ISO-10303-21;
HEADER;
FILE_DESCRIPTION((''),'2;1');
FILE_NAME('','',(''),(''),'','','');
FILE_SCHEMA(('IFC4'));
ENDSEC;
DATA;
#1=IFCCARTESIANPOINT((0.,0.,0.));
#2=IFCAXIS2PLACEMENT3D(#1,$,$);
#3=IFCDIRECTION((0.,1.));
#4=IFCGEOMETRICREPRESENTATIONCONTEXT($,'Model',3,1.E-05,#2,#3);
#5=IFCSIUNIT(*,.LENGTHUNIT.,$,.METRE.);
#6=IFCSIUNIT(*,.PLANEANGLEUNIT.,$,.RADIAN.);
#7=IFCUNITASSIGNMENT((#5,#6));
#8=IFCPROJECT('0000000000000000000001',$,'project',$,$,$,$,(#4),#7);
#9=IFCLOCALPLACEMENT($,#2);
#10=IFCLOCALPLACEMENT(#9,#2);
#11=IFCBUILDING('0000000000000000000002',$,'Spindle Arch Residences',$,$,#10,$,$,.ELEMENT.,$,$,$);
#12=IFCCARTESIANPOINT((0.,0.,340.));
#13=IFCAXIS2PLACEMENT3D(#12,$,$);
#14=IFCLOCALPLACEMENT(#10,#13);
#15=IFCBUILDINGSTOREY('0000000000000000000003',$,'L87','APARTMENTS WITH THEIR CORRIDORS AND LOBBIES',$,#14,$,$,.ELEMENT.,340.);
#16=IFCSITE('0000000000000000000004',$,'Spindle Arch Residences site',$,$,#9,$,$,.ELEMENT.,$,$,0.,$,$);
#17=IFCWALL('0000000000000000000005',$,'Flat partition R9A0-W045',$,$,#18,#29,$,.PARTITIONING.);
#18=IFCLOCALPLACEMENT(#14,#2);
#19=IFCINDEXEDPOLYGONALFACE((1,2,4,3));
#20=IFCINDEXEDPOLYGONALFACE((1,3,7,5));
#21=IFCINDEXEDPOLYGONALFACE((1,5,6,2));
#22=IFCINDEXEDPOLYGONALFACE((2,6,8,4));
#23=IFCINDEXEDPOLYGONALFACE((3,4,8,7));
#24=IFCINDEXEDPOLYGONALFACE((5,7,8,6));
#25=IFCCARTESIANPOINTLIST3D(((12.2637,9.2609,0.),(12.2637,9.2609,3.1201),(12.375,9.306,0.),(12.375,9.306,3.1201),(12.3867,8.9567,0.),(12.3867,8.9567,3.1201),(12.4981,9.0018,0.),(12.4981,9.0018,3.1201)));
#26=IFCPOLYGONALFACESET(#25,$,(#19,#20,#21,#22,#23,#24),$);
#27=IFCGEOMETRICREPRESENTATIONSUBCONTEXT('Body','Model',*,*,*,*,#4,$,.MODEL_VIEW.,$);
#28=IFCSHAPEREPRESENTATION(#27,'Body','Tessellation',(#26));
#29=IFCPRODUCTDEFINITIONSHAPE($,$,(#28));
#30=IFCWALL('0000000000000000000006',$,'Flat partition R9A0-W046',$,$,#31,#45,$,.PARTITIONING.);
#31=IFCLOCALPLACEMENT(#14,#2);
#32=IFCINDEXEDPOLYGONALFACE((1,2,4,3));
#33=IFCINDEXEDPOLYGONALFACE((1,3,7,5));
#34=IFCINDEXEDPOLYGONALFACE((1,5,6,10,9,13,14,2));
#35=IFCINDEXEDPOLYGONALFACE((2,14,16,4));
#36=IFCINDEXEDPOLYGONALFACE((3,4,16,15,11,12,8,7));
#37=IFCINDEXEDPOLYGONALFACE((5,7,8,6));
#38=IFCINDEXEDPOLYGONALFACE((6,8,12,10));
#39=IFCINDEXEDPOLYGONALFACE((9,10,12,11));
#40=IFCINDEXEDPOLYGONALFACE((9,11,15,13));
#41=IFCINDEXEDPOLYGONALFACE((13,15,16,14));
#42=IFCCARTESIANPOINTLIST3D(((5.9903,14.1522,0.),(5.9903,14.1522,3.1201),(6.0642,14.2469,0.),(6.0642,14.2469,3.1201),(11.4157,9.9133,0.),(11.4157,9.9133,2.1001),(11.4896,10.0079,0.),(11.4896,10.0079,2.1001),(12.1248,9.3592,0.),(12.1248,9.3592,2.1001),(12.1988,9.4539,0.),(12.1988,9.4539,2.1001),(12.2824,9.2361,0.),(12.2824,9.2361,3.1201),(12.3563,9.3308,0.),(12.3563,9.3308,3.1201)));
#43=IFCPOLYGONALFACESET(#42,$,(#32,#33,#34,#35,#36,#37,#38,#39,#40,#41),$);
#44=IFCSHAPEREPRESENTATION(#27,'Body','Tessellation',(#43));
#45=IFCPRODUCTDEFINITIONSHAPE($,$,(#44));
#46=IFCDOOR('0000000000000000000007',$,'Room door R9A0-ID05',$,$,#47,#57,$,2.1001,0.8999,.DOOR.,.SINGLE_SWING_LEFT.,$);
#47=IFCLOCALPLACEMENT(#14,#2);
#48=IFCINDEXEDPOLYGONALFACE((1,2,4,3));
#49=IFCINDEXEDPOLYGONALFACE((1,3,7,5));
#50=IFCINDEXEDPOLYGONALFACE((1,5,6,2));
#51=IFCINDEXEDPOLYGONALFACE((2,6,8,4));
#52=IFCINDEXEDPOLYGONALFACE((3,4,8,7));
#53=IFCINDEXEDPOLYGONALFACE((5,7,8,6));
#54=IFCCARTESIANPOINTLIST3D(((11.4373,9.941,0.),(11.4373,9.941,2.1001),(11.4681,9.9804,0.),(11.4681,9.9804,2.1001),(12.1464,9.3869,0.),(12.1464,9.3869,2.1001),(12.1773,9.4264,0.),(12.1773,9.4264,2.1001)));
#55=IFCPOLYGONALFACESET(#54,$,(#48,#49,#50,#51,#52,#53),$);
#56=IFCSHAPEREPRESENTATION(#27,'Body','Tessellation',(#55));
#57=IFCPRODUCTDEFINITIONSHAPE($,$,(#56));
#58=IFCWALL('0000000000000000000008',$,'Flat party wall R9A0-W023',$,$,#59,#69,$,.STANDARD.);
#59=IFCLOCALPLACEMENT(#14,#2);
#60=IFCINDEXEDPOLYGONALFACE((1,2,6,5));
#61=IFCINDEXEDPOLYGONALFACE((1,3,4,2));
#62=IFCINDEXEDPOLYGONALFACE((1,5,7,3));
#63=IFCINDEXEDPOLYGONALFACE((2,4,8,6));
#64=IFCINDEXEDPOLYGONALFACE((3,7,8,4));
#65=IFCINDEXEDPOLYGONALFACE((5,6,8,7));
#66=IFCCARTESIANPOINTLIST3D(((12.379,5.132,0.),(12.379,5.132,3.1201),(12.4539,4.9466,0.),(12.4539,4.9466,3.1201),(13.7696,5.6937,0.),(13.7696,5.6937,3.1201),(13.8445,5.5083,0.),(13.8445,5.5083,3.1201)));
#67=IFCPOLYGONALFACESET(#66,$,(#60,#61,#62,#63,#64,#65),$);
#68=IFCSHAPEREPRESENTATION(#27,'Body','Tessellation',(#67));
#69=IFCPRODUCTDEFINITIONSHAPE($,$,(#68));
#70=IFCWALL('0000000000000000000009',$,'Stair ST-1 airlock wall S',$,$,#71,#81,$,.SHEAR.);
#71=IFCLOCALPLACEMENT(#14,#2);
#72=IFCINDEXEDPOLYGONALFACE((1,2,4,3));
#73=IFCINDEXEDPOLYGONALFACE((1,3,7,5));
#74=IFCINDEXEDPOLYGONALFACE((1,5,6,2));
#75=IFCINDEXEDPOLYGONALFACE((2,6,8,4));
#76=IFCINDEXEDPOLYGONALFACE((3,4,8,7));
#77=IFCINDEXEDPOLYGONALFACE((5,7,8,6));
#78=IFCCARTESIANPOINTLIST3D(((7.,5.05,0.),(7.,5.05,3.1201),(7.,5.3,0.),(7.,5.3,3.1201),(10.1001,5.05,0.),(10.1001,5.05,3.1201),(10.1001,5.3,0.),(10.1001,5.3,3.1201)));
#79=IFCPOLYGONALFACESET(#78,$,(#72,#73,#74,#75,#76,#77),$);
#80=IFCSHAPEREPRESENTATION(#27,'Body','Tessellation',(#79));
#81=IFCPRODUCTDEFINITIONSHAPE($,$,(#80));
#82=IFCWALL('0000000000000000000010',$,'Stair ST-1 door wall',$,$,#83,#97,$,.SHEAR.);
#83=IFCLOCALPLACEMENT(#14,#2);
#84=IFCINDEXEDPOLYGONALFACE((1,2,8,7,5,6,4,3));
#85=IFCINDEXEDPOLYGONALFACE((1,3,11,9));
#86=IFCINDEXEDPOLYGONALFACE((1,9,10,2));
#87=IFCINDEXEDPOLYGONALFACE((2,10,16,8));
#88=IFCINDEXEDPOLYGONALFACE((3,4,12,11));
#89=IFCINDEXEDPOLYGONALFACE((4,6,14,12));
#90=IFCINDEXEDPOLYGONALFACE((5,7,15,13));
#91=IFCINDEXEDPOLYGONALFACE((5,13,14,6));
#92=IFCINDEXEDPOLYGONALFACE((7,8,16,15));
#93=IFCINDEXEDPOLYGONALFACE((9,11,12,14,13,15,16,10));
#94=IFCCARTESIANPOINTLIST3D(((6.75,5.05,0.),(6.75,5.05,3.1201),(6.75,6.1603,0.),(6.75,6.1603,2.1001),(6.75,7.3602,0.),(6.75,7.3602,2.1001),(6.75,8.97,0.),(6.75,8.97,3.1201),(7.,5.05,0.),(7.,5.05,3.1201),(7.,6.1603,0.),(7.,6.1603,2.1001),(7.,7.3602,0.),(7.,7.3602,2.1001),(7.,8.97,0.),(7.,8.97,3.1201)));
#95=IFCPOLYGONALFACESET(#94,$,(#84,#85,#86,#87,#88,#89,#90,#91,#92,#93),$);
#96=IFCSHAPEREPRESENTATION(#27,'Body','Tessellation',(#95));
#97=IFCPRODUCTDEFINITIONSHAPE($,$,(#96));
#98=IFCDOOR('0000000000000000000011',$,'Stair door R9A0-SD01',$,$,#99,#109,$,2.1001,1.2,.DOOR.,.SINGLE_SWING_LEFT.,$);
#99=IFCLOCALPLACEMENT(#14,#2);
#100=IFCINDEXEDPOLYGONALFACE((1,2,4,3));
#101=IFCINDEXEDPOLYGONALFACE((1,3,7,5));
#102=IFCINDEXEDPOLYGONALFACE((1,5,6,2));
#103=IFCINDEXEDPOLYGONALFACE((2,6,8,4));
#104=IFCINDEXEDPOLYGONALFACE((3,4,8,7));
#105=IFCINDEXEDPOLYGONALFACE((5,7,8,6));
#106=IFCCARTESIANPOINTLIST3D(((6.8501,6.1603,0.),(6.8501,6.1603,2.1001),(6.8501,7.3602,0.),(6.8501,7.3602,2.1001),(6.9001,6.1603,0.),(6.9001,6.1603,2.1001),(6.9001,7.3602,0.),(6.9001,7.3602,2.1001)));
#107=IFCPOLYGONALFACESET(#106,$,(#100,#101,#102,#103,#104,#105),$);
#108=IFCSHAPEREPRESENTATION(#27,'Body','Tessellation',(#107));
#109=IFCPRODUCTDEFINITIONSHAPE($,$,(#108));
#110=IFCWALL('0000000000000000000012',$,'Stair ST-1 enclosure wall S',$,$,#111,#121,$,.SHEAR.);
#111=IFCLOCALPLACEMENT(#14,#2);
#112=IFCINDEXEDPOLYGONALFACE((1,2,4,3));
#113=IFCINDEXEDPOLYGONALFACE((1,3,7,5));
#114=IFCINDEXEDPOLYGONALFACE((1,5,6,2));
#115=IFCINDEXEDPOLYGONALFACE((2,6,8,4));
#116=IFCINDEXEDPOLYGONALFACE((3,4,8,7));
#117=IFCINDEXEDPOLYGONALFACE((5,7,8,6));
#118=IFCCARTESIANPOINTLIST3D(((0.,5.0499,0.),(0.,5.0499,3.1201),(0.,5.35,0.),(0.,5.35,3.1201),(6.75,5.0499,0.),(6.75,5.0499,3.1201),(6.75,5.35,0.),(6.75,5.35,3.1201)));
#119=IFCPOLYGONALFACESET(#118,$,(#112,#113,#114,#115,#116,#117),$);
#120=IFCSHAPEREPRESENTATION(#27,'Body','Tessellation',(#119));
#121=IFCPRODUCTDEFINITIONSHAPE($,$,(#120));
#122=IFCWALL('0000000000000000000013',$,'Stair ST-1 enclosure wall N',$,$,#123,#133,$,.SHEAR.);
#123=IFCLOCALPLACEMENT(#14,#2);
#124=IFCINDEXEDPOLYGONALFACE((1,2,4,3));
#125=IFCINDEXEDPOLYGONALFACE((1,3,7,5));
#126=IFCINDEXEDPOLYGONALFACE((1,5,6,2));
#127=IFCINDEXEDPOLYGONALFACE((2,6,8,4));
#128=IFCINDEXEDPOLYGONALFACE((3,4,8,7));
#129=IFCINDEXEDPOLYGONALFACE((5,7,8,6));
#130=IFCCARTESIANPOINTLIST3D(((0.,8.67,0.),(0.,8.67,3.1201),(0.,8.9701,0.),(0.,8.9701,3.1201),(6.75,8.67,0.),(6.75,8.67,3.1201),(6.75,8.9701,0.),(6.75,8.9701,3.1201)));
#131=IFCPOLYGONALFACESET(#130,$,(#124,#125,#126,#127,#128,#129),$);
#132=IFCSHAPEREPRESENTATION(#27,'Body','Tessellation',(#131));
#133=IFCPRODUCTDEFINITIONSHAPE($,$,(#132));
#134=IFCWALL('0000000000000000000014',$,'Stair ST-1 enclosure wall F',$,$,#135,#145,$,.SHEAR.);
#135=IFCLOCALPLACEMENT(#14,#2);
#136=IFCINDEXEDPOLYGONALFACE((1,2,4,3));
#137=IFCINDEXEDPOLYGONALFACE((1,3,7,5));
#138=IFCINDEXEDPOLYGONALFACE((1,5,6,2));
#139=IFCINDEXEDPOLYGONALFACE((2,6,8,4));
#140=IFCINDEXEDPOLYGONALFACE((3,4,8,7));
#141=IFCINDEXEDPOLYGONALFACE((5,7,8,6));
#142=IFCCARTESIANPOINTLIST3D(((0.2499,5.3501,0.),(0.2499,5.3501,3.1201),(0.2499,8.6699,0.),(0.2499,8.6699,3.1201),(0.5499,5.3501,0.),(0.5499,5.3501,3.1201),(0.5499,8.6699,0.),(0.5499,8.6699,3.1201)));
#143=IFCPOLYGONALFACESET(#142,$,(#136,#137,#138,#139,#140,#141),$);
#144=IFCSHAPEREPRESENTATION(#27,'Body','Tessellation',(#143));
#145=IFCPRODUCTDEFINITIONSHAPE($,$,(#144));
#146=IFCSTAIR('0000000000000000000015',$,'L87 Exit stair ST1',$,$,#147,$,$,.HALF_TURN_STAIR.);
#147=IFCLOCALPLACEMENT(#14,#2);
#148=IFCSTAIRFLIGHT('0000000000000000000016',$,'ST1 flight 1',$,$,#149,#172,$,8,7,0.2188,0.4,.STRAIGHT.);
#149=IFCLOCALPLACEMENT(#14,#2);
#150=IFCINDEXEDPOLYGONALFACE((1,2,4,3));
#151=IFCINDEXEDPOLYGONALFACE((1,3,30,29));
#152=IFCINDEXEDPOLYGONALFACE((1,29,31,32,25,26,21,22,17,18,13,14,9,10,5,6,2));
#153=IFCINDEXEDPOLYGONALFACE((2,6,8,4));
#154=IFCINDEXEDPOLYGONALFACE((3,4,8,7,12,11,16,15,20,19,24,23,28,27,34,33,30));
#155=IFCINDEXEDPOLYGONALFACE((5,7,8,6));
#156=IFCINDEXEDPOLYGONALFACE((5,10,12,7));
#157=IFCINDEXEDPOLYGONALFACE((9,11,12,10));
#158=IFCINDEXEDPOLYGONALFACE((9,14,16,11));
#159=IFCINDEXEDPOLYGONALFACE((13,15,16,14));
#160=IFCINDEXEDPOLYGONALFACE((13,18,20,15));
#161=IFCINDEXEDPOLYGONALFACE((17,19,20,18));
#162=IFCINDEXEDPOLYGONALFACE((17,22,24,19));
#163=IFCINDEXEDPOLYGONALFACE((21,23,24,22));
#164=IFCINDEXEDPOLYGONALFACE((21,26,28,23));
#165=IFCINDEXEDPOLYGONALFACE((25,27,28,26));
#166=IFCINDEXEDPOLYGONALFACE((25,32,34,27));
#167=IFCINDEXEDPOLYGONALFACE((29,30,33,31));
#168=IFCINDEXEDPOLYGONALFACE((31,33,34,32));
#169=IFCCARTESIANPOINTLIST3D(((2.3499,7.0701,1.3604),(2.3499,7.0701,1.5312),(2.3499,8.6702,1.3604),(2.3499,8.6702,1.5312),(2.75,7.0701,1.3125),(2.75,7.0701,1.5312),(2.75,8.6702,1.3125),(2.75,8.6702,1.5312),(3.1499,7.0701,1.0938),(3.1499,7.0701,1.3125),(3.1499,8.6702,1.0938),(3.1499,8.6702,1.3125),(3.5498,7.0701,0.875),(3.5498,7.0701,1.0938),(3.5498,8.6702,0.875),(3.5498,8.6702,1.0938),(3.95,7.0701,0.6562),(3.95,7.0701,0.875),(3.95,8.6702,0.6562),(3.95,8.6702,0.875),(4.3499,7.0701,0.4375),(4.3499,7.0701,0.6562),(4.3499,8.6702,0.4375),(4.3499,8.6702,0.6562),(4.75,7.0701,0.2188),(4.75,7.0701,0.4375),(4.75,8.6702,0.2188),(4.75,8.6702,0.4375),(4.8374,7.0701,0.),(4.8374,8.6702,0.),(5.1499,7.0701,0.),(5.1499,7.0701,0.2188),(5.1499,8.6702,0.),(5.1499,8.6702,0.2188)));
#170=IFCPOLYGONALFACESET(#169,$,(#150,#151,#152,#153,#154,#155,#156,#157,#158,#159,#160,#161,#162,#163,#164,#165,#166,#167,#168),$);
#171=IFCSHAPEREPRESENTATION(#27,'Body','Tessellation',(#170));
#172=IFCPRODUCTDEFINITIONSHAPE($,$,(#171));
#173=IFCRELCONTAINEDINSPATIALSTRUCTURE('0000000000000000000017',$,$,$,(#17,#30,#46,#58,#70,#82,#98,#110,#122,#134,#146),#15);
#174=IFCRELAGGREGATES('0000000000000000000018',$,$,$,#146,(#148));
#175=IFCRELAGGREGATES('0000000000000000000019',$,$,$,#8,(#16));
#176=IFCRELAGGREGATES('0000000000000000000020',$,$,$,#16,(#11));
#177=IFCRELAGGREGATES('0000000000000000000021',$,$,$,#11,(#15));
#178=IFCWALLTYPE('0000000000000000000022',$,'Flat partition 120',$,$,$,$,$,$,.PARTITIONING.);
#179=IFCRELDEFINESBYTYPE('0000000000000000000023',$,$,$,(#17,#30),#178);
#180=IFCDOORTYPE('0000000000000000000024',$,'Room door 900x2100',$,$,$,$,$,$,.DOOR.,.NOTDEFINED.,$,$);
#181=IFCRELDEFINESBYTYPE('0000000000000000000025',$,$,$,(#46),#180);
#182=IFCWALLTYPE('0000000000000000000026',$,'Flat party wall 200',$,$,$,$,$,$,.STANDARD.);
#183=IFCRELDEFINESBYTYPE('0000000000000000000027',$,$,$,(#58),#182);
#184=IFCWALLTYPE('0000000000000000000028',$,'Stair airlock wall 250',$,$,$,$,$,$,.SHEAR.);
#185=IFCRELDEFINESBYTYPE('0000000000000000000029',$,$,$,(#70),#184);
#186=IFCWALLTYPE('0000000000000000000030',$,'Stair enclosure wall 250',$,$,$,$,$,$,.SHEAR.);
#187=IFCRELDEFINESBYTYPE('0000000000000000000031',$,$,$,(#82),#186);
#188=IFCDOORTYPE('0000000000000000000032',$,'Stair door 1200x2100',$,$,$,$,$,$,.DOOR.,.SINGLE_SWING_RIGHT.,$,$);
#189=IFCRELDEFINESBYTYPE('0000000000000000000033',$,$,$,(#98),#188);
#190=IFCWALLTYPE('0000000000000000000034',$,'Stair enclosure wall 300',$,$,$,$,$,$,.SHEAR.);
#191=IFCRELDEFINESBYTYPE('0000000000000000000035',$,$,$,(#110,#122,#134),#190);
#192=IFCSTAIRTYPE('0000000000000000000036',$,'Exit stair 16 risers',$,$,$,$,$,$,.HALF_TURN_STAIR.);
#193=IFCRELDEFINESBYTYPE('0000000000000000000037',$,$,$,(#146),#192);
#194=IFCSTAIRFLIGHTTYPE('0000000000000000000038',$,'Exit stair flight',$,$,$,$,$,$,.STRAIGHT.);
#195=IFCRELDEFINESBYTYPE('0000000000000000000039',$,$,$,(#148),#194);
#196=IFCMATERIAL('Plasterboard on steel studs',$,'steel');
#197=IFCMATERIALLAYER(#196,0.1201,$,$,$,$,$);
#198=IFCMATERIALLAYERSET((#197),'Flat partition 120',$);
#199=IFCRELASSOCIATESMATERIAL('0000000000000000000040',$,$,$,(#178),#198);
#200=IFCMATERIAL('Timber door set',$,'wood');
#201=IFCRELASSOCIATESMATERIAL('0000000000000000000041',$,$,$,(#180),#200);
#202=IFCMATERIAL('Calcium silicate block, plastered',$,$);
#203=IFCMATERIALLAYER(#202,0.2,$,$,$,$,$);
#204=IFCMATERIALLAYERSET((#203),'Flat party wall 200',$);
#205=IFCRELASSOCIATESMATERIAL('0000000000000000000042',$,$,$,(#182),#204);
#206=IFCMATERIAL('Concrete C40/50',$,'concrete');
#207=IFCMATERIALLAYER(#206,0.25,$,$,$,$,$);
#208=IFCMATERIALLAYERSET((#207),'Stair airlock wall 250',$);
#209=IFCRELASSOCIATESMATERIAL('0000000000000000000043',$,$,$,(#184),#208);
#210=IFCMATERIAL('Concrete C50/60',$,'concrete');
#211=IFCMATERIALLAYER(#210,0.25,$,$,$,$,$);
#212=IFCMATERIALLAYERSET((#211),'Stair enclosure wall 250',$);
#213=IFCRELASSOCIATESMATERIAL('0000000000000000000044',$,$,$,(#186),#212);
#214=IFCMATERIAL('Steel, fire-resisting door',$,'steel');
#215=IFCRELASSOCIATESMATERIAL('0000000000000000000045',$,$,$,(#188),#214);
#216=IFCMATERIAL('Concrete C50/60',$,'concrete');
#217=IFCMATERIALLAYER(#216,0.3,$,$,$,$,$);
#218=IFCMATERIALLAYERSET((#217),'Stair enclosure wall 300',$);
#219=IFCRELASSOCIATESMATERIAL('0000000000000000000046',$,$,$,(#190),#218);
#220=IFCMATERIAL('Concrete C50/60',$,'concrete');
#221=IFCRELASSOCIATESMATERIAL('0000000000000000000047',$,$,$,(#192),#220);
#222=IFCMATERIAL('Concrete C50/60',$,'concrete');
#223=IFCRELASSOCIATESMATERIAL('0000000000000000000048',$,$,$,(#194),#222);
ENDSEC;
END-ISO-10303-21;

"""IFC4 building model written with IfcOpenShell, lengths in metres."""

from ifc_helpers import new_model, si_unit, direction, frame, frame_2d, origin, place, context, subcontext, project, spatial, polyline, rectangle, outline, extrude, material, layer, layer_set, type_object, element, fill, aggregate, save


model = new_model("IFC4")

# Units and contexts
model_context = context("Model", 3, precision=1e-05, world=origin(), true_north=direction((0.0, 1.0)))
body_context = subcontext(model_context, "Body", "Model", "MODEL_VIEW")
ifc_project = project(units=[si_unit("LENGTHUNIT", "METRE"), si_unit("PLANEANGLEUNIT", "RADIAN")], contexts=[model_context])

# Site, building, storey
site_placement = place(None, origin())
site = spatial("IfcSite", under=ifc_project, at=site_placement, Name="Spindle Arch Residences site", CompositionType="ELEMENT", RefElevation=0.0)
building_placement = place(site_placement, origin())
building = spatial("IfcBuilding", under=site, at=building_placement, Name="Spindle Arch Residences", CompositionType="ELEMENT")
storey_placement = place(building_placement, frame((0.0, 0.0, 340.0)))
storey = spatial("IfcBuildingStorey", under=building, at=storey_placement, Name="L87", Description="APARTMENTS WITH THEIR CORRIDORS AND LOBBIES", CompositionType="ELEMENT", Elevation=340.0)

# Shared definitions
ifc_material_1 = material(Name="Plasterboard on steel studs", Category="steel")
ifc_layer_1 = layer(ifc_material_1, 0.1201)
ifc_layer_set_1 = layer_set([ifc_layer_1], Name="Flat partition 120")
wall_type_1 = type_object("IfcWallType", Name="Flat partition 120", PredefinedType="PARTITIONING", material=ifc_layer_set_1)

# Shared definitions
ifc_material_2 = material(Name="Timber door set", Category="wood")
door_type_1 = type_object("IfcDoorType", Name="Room door 900x2100", OperationType="NOTDEFINED", PredefinedType="DOOR", material=ifc_material_2)

# Wall
wall_1_placement = place(storey_placement, frame((12.4424, 8.9792, 0.0), z_axis=(0.0, 0.0, 1.0), x_axis=(-0.37498, 0.927033, 0.0)))
element("IfcWall", 1, at=wall_1_placement, inside=storey, type_object=wall_type_1, Name="Flat partition R9A0-W045", PredefinedType="PARTITIONING", context=body_context, shape_type="SweptSolid", body=[
    extrude(rectangle(XDim=0.3281, YDim=0.1201, at=frame_2d((0.1641, 0.0))), origin(), (0.0, 0.0, 1.0), 3.1201),
])

# Wall, opening, door
wall_2_placement = place(storey_placement, frame((12.3193, 9.2834, 0.0), z_axis=(0.0, 0.0, 1.0), x_axis=(-0.788, 0.615675, 0.0)))
wall_2 = element("IfcWall", 2, at=wall_2_placement, inside=storey, type_object=wall_type_1, Name="Flat partition R9A0-W046", PredefinedType="PARTITIONING", context=body_context, shape_type="SweptSolid", body=[
    extrude(rectangle(XDim=7.9849, YDim=0.1201, at=frame_2d((3.9924, 0.0))), origin(), (0.0, 0.0, 1.0), 3.1201),
])
opening_1_placement = place(wall_2_placement, frame((0.2, 0.0, 0.0)))
opening_1 = element("IfcOpeningElement", 3, at=opening_1_placement, cuts=wall_2, PredefinedType="OPENING", context=body_context, shape_type="SweptSolid", body=[
    extrude(rectangle(XDim=0.8999, YDim=2.1001, at=frame_2d((0.45, 1.05))), frame((0.0, 0.0701, 0.0), z_axis=(0.0, -1.0, 0.0), x_axis=(1.0, 0.0, 0.0)), (0.0, 0.0, 1.0), 0.1401),
])
door_1_placement = place(opening_1_placement, origin())
door_1 = element("IfcDoor", 4, at=door_1_placement, inside=storey, type_object=door_type_1, Name="Room door R9A0-ID05", OperationType="SINGLE_SWING_LEFT", OverallHeight=2.1001, OverallWidth=0.8999, PredefinedType="DOOR", context=body_context, shape_type="SweptSolid", body=[
    extrude(rectangle(XDim=0.8999, YDim=2.1001, at=frame_2d((0.45, 1.05))), frame((0.0, 0.0249, 0.0), z_axis=(0.0, -1.0, 0.0), x_axis=(1.0, 0.0, 0.0)), (0.0, 0.0, 1.0), 0.05),
])
fill(opening_1, door_1)

# Walls
ifc_material_3 = material(Name="Calcium silicate block, plastered")
ifc_layer_2 = layer(ifc_material_3, 0.2)
ifc_layer_set_2 = layer_set([ifc_layer_2], Name="Flat party wall 200")
wall_type_2 = type_object("IfcWallType", Name="Flat party wall 200", PredefinedType="STANDARD", material=ifc_layer_set_2)
wall_3_placement = place(storey_placement, frame((13.8071, 5.6011, 0.0), z_axis=(0.0, 0.0, 1.0), x_axis=(-0.927203, -0.37456, 0.0)))
element("IfcWall", 5, at=wall_3_placement, inside=storey, type_object=wall_type_2, Name="Flat party wall R9A0-W023", PredefinedType="STANDARD", context=body_context, shape_type="SweptSolid", body=[
    extrude(rectangle(XDim=1.4998, YDim=0.2, at=frame_2d((0.75, 0.0))), origin(), (0.0, 0.0, 1.0), 3.1201),
])
ifc_material_4 = material(Name="Concrete C40/50", Category="concrete")
ifc_layer_3 = layer(ifc_material_4, 0.25)
ifc_layer_set_3 = layer_set([ifc_layer_3], Name="Stair airlock wall 250")
wall_type_3 = type_object("IfcWallType", Name="Stair airlock wall 250", PredefinedType="SHEAR", material=ifc_layer_set_3)
wall_4_placement = place(storey_placement, frame((7.0, 5.175, 0.0), z_axis=(0.0, 0.0, 1.0), x_axis=(1.0, 0.0, 0.0)))
element("IfcWall", 6, at=wall_4_placement, inside=storey, type_object=wall_type_3, Name="Stair ST-1 airlock wall S", PredefinedType="SHEAR", context=body_context, shape_type="SweptSolid", body=[
    extrude(rectangle(XDim=3.1001, YDim=0.25, at=frame_2d((1.55, 0.0))), origin(), (0.0, 0.0, 1.0), 3.1201),
])

# Wall, opening, door
ifc_material_5 = material(Name="Concrete C50/60", Category="concrete")
ifc_layer_4 = layer(ifc_material_5, 0.25)
ifc_layer_set_4 = layer_set([ifc_layer_4], Name="Stair enclosure wall 250")
wall_type_4 = type_object("IfcWallType", Name="Stair enclosure wall 250", PredefinedType="SHEAR", material=ifc_layer_set_4)
wall_5_placement = place(storey_placement, frame((6.875, 5.05, 0.0), z_axis=(0.0, 0.0, 1.0), x_axis=(0.0, 1.0, 0.0)))
wall_5 = element("IfcWall", 7, at=wall_5_placement, inside=storey, type_object=wall_type_4, Name="Stair ST-1 door wall", PredefinedType="SHEAR", context=body_context, shape_type="SweptSolid", body=[
    extrude(rectangle(XDim=3.9199, YDim=0.25, at=frame_2d((1.96, 0.0))), origin(), (0.0, 0.0, 1.0), 3.1201),
])
opening_2_placement = place(wall_5_placement, frame((1.1101, 0.0, 0.0)))
opening_2 = element("IfcOpeningElement", 8, at=opening_2_placement, cuts=wall_5, PredefinedType="OPENING", context=body_context, shape_type="SweptSolid", body=[
    extrude(rectangle(XDim=1.2, YDim=2.1001, at=frame_2d((0.6001, 1.05))), frame((0.0, 0.135, 0.0), z_axis=(0.0, -1.0, 0.0), x_axis=(1.0, 0.0, 0.0)), (0.0, 0.0, 1.0), 0.27),
])
ifc_material_6 = material(Name="Steel, fire-resisting door", Category="steel")
door_type_2 = type_object("IfcDoorType", Name="Stair door 1200x2100", OperationType="SINGLE_SWING_RIGHT", PredefinedType="DOOR", material=ifc_material_6)
door_2_placement = place(opening_2_placement, origin())
door_2 = element("IfcDoor", 9, at=door_2_placement, inside=storey, type_object=door_type_2, Name="Stair door R9A0-SD01", OperationType="SINGLE_SWING_LEFT", OverallHeight=2.1001, OverallWidth=1.2, PredefinedType="DOOR", context=body_context, shape_type="SweptSolid", body=[
    extrude(rectangle(XDim=1.2, YDim=2.1001, at=frame_2d((0.6001, 1.05))), frame((0.0, 0.0249, 0.0), z_axis=(0.0, -1.0, 0.0), x_axis=(1.0, 0.0, 0.0)), (0.0, 0.0, 1.0), 0.05),
])
fill(opening_2, door_2)

# Walls
ifc_material_7 = material(Name="Concrete C50/60", Category="concrete")
ifc_layer_5 = layer(ifc_material_7, 0.3)
ifc_layer_set_5 = layer_set([ifc_layer_5], Name="Stair enclosure wall 300")
wall_type_5 = type_object("IfcWallType", Name="Stair enclosure wall 300", PredefinedType="SHEAR", material=ifc_layer_set_5)
for number, where, z_axis, x_axis, name in (
    (10, (0.0, 5.2, 0.0), (0.0, 0.0, 1.0), (1.0, 0.0, 0.0), "Stair ST-1 enclosure wall S"),
    (11, (0.0, 8.8201, 0.0), (0.0, 0.0, 1.0), (1.0, 0.0, 0.0), "Stair ST-1 enclosure wall N"),
):
    element("IfcWall", number, at=place(storey_placement, frame(where, z_axis=z_axis, x_axis=x_axis)), inside=storey, type_object=wall_type_5, Name=name, PredefinedType="SHEAR", context=body_context, shape_type="SweptSolid", body=[
        extrude(rectangle(XDim=6.75, YDim=0.3, at=frame_2d((3.375, 0.0))), origin(), (0.0, 0.0, 1.0), 3.1201),
    ])
wall_6_placement = place(storey_placement, frame((0.3999, 5.3501, 0.0), z_axis=(0.0, 0.0, 1.0), x_axis=(0.0, 1.0, 0.0)))
element("IfcWall", 12, at=wall_6_placement, inside=storey, type_object=wall_type_5, Name="Stair ST-1 enclosure wall F", PredefinedType="SHEAR", context=body_context, shape_type="SweptSolid", body=[
    extrude(rectangle(XDim=3.3198, YDim=0.3, at=frame_2d((1.6599, 0.0))), origin(), (0.0, 0.0, 1.0), 3.1201),
])

# Stair, stair flight
ifc_material_8 = material(Name="Concrete C50/60", Category="concrete")
stair_type = type_object("IfcStairType", Name="Exit stair 16 risers", PredefinedType="HALF_TURN_STAIR", material=ifc_material_8)
stair_placement = place(storey_placement, origin())
stair = element("IfcStair", 13, at=stair_placement, inside=storey, type_object=stair_type, Name="L87 Exit stair ST1", PredefinedType="HALF_TURN_STAIR")
ifc_material_9 = material(Name="Concrete C50/60", Category="concrete")
stair_flight_type = type_object("IfcStairFlightType", Name="Exit stair flight", PredefinedType="STRAIGHT", material=ifc_material_9)
stair_flight_1_placement = place(storey_placement, frame((5.1499, 7.8701, 0.0), z_axis=(0.0, 0.0, 1.0), x_axis=(-1.0, 0.0, 0.0)))
stair_flight_1 = element("IfcStairFlight", 14, at=stair_flight_1_placement, type_object=stair_flight_type, Name="ST1 flight 1", NumberOfRisers=8, NumberOfTreads=7, PredefinedType="STRAIGHT", RiserHeight=0.2188, TreadLength=0.4, context=body_context, shape_type="SweptSolid", body=[
    extrude(outline(polyline([(0.0, 0.0), (0.0, 0.2188), (0.3999, 0.2188), (0.3999, 0.4375), (0.8, 0.4375), (0.8, 0.6562), (1.2, 0.6562), (1.2, 0.875), (1.6001, 0.875), (1.6001, 1.0938), (2.0, 1.0938), (2.0, 1.3125), (2.3999, 1.3125), (2.3999, 1.5312), (2.8, 1.5312), (2.8, 1.75), (2.8, 1.3604), (0.3125, 0.0), (0.0, 0.0)])), frame((0.0, 0.8, 0.0), z_axis=(0.0, -1.0, 0.0), x_axis=(1.0, 0.0, 0.0)), (0.0, 0.0, 1.0), 1.6001),
])
aggregate(stair, [stair_flight_1])

save(model, "model.ifc")
